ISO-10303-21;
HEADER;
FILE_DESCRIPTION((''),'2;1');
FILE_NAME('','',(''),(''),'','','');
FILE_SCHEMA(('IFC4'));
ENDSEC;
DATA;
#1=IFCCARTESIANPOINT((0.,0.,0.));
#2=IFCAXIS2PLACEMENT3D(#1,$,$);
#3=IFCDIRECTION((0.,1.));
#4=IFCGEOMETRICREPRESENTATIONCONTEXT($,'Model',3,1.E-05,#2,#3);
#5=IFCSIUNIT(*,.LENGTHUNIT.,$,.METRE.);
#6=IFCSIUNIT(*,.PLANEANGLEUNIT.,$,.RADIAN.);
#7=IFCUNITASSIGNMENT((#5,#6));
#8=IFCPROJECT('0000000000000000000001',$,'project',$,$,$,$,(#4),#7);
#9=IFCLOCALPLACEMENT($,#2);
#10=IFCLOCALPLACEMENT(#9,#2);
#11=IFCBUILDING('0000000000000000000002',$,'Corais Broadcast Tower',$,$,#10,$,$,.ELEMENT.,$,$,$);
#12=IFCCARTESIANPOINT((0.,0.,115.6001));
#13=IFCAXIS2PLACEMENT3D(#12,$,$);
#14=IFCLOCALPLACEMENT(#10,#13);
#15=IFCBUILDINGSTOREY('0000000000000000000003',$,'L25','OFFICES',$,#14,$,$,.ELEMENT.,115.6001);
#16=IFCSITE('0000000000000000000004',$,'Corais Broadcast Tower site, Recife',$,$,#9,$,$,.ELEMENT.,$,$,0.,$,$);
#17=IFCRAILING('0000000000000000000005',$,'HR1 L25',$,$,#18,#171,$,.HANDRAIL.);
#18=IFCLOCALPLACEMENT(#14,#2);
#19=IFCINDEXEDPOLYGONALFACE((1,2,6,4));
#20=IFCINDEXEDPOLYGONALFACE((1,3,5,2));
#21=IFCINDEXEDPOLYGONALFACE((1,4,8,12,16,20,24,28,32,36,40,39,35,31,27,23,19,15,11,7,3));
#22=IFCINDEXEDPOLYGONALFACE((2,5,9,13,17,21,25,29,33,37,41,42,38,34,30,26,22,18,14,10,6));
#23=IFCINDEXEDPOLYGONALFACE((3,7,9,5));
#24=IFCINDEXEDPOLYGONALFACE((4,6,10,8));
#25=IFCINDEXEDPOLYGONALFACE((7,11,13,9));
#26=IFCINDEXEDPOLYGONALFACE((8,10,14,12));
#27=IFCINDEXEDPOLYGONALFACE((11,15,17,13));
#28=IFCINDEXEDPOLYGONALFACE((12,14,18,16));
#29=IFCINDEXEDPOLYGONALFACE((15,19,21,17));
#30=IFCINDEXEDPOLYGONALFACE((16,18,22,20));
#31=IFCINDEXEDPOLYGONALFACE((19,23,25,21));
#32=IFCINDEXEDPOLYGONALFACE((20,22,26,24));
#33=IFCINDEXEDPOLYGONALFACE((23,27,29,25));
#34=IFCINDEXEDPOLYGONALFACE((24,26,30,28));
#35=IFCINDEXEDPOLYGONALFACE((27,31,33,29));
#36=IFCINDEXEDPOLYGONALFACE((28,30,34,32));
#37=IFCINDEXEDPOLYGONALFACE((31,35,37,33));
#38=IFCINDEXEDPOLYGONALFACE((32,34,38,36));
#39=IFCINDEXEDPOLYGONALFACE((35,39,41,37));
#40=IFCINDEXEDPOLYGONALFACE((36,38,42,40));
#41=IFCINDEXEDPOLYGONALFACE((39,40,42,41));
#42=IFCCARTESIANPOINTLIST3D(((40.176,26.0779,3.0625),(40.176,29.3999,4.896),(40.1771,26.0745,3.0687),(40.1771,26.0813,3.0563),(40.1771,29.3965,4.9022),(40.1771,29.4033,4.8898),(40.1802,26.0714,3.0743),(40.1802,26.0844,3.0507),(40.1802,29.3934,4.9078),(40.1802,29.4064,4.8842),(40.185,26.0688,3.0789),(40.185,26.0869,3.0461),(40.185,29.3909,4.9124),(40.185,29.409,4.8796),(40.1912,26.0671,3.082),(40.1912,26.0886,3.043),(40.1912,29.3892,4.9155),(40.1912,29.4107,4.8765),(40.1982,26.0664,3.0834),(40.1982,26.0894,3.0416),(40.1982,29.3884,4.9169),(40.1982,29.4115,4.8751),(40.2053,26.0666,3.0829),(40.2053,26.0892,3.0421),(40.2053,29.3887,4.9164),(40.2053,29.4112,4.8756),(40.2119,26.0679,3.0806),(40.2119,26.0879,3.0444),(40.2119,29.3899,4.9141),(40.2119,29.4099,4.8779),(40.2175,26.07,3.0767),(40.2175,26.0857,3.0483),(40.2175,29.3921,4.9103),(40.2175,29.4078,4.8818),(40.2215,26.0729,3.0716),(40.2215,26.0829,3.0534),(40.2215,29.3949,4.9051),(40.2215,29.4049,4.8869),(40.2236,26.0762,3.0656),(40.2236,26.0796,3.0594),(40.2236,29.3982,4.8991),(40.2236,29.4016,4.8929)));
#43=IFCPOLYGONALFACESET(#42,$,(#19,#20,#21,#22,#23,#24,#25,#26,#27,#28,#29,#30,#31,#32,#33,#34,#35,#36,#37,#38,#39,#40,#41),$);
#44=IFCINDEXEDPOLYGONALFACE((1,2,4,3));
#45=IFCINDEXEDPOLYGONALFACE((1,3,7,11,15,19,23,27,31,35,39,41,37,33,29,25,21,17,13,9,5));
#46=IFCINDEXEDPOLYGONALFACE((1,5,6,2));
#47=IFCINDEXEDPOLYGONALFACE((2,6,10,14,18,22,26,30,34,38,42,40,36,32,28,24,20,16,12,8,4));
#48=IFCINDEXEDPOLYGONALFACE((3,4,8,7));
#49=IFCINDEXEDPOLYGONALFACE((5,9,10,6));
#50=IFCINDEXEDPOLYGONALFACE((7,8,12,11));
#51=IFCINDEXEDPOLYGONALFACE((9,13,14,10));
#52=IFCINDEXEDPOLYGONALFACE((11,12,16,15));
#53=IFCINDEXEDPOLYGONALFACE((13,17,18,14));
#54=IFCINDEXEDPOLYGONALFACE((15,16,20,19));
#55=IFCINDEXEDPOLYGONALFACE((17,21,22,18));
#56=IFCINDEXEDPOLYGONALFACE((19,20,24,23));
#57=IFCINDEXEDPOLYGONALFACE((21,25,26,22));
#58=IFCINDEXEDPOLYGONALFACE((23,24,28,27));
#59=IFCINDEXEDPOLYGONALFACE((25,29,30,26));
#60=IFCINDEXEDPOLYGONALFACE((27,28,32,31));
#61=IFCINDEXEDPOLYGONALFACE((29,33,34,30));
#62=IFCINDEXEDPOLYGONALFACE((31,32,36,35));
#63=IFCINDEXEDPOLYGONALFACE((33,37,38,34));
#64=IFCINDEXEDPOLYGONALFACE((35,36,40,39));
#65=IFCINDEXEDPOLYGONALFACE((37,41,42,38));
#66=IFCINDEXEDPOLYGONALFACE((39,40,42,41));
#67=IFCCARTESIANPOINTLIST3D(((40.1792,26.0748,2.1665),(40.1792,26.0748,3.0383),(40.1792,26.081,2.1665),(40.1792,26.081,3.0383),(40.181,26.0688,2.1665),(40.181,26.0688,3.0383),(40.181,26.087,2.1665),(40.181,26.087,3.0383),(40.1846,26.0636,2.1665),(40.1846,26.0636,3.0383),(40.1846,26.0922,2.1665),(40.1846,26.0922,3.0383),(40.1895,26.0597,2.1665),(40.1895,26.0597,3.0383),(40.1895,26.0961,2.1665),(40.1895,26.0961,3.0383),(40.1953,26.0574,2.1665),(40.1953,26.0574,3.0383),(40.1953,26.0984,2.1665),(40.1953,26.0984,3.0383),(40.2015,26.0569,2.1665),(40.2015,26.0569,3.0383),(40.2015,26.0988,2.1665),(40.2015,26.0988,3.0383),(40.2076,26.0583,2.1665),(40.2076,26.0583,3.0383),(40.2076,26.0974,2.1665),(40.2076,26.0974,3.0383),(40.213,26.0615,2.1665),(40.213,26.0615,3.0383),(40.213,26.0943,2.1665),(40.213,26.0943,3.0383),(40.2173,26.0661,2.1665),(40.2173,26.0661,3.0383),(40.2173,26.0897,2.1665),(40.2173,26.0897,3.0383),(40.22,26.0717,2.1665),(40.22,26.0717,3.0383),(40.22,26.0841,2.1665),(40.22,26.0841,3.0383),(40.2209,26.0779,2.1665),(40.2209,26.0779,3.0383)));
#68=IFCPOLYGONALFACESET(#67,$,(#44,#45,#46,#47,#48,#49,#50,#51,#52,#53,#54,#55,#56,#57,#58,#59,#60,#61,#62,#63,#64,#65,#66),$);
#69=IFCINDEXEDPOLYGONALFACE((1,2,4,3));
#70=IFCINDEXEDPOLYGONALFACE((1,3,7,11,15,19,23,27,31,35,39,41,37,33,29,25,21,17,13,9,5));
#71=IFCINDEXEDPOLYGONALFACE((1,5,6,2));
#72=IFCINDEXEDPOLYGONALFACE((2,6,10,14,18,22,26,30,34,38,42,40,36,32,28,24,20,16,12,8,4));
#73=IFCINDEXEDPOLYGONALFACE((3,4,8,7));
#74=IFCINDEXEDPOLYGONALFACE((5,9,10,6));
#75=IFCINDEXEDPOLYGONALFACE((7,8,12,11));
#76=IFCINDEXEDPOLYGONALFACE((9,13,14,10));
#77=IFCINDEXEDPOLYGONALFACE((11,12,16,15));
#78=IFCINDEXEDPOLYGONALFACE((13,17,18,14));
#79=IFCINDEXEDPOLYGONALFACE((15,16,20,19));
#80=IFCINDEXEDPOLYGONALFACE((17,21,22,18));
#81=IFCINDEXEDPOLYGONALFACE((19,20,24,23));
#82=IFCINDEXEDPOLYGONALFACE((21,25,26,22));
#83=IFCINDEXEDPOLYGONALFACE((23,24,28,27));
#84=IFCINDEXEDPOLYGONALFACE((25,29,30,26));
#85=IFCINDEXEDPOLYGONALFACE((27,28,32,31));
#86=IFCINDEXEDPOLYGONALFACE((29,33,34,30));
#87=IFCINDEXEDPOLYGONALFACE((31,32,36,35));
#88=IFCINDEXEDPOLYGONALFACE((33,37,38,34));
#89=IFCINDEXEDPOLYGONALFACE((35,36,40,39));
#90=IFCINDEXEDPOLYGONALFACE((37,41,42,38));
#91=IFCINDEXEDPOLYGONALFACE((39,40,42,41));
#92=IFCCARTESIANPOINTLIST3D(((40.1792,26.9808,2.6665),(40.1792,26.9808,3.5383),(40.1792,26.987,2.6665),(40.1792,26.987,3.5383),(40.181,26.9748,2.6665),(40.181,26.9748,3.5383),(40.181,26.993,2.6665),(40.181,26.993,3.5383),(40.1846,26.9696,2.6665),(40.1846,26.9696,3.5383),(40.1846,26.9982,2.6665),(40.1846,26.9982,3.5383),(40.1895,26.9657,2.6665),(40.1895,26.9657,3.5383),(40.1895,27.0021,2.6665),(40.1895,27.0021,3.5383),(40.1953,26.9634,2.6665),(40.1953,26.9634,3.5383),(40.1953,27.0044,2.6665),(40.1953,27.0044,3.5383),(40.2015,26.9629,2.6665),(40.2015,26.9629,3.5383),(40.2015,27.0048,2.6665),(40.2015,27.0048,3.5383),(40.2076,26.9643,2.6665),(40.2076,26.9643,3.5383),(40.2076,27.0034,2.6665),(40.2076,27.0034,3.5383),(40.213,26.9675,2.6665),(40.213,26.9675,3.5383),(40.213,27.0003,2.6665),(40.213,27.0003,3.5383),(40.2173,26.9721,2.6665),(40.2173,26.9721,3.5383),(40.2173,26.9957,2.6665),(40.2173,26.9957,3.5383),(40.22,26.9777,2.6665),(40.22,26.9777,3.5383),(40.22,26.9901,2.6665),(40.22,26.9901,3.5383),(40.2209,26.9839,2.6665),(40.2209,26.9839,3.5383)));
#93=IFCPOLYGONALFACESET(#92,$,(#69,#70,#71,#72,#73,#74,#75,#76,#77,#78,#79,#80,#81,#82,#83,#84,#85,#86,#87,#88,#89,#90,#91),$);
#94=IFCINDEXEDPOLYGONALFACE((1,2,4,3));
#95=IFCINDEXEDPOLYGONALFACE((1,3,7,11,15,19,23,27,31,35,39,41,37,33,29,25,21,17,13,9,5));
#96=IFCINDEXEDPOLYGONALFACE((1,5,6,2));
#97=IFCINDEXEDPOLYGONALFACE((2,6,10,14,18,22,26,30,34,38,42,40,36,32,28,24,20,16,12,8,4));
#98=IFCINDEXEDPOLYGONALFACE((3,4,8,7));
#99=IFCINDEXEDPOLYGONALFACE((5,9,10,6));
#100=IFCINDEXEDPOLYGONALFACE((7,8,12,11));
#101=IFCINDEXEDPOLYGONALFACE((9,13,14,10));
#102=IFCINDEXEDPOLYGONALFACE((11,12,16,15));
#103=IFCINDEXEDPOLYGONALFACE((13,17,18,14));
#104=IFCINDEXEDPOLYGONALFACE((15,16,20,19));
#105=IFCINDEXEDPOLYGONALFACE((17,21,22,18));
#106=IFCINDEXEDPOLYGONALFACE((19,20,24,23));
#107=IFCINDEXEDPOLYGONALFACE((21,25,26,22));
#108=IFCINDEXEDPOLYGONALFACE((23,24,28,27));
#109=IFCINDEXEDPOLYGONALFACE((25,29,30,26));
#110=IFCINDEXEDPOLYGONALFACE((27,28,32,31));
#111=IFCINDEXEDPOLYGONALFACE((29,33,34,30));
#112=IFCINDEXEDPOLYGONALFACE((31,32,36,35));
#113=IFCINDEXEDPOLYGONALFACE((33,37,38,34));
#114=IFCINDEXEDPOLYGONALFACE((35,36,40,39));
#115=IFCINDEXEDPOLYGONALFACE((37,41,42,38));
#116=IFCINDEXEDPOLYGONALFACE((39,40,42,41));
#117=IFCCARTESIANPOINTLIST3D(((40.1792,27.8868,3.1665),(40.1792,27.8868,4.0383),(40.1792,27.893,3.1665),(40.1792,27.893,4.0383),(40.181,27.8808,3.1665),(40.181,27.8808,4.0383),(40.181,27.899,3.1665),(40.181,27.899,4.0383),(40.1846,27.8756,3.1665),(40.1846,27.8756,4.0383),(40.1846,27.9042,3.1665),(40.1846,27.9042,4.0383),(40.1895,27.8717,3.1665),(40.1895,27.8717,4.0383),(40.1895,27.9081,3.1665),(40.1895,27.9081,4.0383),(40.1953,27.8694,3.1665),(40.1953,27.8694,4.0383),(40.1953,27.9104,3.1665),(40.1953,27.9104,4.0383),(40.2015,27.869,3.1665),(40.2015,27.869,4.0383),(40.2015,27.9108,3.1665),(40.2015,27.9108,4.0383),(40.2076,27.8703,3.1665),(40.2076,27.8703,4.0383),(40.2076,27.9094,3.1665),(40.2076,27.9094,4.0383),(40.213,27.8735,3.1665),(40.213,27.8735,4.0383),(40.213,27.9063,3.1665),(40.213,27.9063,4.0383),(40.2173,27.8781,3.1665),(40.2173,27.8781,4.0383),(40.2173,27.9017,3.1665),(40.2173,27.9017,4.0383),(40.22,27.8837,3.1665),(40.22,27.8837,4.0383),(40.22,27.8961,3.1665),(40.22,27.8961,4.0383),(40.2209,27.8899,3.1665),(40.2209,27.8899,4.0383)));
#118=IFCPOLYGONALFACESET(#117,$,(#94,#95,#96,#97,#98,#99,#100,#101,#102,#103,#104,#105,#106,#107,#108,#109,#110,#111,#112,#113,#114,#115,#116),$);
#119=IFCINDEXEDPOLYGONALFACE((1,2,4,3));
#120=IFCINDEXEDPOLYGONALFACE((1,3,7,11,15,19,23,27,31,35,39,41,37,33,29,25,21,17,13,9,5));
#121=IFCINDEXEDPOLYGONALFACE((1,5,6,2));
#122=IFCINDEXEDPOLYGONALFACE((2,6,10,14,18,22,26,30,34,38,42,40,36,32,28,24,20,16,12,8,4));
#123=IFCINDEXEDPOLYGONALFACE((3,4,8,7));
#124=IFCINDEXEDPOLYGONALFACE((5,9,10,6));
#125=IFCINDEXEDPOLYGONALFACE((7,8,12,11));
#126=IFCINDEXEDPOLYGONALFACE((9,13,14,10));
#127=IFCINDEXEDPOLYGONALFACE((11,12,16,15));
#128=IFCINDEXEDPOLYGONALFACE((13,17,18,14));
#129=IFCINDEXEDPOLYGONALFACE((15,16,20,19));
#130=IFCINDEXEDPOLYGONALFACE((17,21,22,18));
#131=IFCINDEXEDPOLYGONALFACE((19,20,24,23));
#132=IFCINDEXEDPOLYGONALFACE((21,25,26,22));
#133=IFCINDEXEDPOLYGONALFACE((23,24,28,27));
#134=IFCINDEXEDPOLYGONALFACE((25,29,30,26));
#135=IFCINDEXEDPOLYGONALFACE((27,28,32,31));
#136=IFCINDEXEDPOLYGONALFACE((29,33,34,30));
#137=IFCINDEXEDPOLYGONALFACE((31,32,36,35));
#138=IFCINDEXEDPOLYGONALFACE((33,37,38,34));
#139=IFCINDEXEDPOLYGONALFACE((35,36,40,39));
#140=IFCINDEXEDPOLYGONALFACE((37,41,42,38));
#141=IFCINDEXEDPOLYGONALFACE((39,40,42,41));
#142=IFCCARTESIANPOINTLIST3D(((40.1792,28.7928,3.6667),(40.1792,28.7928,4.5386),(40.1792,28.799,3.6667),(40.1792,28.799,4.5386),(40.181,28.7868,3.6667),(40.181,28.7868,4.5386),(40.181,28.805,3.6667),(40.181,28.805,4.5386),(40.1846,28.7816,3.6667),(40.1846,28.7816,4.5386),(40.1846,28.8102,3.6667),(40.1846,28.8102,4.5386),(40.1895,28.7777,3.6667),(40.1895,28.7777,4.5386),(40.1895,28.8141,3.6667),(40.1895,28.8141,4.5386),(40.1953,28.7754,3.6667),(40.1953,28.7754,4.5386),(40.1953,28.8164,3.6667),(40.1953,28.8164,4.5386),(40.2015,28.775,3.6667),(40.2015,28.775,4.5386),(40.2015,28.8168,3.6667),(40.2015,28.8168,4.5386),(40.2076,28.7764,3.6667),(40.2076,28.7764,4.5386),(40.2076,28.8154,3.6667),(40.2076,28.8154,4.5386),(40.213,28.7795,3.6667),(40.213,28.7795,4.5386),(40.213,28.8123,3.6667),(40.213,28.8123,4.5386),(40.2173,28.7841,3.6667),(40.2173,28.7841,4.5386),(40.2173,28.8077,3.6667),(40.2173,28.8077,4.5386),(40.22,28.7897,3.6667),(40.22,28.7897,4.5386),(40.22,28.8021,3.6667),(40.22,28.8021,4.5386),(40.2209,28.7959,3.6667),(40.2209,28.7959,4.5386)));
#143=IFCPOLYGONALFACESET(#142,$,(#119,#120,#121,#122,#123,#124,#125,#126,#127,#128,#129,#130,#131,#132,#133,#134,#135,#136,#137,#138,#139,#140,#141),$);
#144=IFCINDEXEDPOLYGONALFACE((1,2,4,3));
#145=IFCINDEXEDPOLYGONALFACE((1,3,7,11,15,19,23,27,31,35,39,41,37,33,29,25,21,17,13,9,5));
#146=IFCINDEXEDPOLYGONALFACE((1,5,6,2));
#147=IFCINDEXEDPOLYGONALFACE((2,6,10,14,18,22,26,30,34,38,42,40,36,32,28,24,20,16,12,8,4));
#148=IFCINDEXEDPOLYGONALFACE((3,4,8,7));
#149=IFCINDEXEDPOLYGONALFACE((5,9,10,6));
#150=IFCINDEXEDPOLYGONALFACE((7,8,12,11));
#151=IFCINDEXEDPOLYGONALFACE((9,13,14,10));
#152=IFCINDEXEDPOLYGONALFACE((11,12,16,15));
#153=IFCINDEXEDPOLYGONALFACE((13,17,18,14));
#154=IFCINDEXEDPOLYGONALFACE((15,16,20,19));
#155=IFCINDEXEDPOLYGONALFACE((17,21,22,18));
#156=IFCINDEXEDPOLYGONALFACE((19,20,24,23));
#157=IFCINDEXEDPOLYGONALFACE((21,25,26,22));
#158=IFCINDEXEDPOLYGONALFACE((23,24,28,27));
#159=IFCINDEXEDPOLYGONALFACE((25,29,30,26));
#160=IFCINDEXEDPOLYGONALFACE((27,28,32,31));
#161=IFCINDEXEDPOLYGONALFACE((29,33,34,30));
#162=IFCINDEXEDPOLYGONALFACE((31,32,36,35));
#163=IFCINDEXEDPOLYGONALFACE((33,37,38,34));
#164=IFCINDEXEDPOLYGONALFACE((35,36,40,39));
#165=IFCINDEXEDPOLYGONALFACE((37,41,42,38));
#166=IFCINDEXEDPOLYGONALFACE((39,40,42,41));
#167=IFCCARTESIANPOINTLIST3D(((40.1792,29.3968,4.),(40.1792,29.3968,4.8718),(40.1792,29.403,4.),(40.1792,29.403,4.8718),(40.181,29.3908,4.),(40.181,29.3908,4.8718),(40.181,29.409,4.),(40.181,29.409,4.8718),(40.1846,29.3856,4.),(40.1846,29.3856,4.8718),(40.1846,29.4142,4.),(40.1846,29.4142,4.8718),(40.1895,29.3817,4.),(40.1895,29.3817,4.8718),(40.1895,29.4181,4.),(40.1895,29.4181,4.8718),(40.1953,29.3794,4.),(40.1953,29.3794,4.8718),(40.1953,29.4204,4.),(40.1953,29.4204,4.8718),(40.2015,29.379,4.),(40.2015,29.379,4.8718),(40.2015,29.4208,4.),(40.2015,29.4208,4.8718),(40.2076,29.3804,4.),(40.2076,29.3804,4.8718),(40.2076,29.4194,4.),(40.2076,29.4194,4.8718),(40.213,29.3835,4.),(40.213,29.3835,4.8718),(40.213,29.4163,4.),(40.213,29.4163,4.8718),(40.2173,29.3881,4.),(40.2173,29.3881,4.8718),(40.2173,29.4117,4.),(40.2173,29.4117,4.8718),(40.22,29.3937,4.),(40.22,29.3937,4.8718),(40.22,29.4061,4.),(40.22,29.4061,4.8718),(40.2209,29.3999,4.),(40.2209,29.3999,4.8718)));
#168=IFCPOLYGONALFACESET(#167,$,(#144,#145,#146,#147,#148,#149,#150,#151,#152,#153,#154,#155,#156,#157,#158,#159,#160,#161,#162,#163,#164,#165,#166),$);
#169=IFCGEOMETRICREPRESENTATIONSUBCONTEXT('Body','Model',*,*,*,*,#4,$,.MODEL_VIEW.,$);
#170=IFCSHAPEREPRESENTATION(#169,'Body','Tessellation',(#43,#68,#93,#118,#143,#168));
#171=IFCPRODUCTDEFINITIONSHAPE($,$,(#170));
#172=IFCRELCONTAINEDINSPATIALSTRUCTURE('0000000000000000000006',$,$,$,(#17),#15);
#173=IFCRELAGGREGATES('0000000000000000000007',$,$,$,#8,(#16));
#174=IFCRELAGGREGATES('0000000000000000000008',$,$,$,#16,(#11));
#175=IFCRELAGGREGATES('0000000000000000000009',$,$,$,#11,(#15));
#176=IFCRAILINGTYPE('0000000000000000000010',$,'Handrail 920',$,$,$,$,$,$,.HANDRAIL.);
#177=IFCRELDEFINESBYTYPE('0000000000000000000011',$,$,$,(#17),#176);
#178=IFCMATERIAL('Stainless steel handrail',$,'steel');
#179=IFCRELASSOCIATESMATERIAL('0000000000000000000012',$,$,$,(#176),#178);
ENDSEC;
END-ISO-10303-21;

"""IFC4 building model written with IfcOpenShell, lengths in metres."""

from ifc_helpers import new_model, si_unit, direction, frame, origin, origin_2d, place, context, subcontext, project, spatial, circle, extrude, material, type_object, element, save


model = new_model("IFC4")

# Units and contexts
model_context = context("Model", 3, precision=1e-05, world=origin(), true_north=direction((0.0, 1.0)))
body_context = subcontext(model_context, "Body", "Model", "MODEL_VIEW")
ifc_project = project(units=[si_unit("LENGTHUNIT", "METRE"), si_unit("PLANEANGLEUNIT", "RADIAN")], contexts=[model_context])

# Site, building, storey
site_placement = place(None, origin())
site = spatial("IfcSite", under=ifc_project, at=site_placement, Name="Corais Broadcast Tower site, Recife", CompositionType="ELEMENT", RefElevation=0.0)
building_placement = place(site_placement, origin())
building = spatial("IfcBuilding", under=site, at=building_placement, Name="Corais Broadcast Tower", CompositionType="ELEMENT")
storey_placement = place(building_placement, frame((0.0, 0.0, 115.6001)))
storey = spatial("IfcBuildingStorey", under=building, at=storey_placement, Name="L25", Description="OFFICES", CompositionType="ELEMENT", Elevation=115.6001)

# Railing
ifc_material_1 = material(Name="Stainless steel handrail", Category="steel")
railing_type = type_object("IfcRailingType", Name="Handrail 920", PredefinedType="HANDRAIL", material=ifc_material_1)
for number, where, name in (
    (1, (40.2, 26.0779, 2.1665), "HR1 L25"),
):
    element("IfcRailing", number, at=place(storey_placement, frame(where)), inside=storey, type_object=railing_type, Name=name, PredefinedType="HANDRAIL", context=body_context, shape_type="SweptSolid", body=[
        extrude(circle(Radius=0.0239, at=origin_2d()), frame((0.0, 0.0, 0.896), z_axis=(0.0, 0.875504, 0.48321), x_axis=(-1.0, 0.0, 0.0)), (0.0, 0.0, 1.0), 3.7944),
        extrude(circle(Radius=0.021, at=origin_2d()), origin(), (0.0, 0.0, 1.0), 0.8718),
        extrude(circle(Radius=0.021, at=origin_2d()), frame((0.0, 0.906, 0.5)), (0.0, 0.0, 1.0), 0.8718),
        extrude(circle(Radius=0.021, at=origin_2d()), frame((0.0, 1.812, 1.0)), (0.0, 0.0, 1.0), 0.8718),
        extrude(circle(Radius=0.021, at=origin_2d()), frame((0.0, 2.718, 1.5002)), (0.0, 0.0, 1.0), 0.8718),
        extrude(circle(Radius=0.021, at=origin_2d()), frame((0.0, 3.322, 1.8335)), (0.0, 0.0, 1.0), 0.8718),
    ])

save(model, "model.ifc")
